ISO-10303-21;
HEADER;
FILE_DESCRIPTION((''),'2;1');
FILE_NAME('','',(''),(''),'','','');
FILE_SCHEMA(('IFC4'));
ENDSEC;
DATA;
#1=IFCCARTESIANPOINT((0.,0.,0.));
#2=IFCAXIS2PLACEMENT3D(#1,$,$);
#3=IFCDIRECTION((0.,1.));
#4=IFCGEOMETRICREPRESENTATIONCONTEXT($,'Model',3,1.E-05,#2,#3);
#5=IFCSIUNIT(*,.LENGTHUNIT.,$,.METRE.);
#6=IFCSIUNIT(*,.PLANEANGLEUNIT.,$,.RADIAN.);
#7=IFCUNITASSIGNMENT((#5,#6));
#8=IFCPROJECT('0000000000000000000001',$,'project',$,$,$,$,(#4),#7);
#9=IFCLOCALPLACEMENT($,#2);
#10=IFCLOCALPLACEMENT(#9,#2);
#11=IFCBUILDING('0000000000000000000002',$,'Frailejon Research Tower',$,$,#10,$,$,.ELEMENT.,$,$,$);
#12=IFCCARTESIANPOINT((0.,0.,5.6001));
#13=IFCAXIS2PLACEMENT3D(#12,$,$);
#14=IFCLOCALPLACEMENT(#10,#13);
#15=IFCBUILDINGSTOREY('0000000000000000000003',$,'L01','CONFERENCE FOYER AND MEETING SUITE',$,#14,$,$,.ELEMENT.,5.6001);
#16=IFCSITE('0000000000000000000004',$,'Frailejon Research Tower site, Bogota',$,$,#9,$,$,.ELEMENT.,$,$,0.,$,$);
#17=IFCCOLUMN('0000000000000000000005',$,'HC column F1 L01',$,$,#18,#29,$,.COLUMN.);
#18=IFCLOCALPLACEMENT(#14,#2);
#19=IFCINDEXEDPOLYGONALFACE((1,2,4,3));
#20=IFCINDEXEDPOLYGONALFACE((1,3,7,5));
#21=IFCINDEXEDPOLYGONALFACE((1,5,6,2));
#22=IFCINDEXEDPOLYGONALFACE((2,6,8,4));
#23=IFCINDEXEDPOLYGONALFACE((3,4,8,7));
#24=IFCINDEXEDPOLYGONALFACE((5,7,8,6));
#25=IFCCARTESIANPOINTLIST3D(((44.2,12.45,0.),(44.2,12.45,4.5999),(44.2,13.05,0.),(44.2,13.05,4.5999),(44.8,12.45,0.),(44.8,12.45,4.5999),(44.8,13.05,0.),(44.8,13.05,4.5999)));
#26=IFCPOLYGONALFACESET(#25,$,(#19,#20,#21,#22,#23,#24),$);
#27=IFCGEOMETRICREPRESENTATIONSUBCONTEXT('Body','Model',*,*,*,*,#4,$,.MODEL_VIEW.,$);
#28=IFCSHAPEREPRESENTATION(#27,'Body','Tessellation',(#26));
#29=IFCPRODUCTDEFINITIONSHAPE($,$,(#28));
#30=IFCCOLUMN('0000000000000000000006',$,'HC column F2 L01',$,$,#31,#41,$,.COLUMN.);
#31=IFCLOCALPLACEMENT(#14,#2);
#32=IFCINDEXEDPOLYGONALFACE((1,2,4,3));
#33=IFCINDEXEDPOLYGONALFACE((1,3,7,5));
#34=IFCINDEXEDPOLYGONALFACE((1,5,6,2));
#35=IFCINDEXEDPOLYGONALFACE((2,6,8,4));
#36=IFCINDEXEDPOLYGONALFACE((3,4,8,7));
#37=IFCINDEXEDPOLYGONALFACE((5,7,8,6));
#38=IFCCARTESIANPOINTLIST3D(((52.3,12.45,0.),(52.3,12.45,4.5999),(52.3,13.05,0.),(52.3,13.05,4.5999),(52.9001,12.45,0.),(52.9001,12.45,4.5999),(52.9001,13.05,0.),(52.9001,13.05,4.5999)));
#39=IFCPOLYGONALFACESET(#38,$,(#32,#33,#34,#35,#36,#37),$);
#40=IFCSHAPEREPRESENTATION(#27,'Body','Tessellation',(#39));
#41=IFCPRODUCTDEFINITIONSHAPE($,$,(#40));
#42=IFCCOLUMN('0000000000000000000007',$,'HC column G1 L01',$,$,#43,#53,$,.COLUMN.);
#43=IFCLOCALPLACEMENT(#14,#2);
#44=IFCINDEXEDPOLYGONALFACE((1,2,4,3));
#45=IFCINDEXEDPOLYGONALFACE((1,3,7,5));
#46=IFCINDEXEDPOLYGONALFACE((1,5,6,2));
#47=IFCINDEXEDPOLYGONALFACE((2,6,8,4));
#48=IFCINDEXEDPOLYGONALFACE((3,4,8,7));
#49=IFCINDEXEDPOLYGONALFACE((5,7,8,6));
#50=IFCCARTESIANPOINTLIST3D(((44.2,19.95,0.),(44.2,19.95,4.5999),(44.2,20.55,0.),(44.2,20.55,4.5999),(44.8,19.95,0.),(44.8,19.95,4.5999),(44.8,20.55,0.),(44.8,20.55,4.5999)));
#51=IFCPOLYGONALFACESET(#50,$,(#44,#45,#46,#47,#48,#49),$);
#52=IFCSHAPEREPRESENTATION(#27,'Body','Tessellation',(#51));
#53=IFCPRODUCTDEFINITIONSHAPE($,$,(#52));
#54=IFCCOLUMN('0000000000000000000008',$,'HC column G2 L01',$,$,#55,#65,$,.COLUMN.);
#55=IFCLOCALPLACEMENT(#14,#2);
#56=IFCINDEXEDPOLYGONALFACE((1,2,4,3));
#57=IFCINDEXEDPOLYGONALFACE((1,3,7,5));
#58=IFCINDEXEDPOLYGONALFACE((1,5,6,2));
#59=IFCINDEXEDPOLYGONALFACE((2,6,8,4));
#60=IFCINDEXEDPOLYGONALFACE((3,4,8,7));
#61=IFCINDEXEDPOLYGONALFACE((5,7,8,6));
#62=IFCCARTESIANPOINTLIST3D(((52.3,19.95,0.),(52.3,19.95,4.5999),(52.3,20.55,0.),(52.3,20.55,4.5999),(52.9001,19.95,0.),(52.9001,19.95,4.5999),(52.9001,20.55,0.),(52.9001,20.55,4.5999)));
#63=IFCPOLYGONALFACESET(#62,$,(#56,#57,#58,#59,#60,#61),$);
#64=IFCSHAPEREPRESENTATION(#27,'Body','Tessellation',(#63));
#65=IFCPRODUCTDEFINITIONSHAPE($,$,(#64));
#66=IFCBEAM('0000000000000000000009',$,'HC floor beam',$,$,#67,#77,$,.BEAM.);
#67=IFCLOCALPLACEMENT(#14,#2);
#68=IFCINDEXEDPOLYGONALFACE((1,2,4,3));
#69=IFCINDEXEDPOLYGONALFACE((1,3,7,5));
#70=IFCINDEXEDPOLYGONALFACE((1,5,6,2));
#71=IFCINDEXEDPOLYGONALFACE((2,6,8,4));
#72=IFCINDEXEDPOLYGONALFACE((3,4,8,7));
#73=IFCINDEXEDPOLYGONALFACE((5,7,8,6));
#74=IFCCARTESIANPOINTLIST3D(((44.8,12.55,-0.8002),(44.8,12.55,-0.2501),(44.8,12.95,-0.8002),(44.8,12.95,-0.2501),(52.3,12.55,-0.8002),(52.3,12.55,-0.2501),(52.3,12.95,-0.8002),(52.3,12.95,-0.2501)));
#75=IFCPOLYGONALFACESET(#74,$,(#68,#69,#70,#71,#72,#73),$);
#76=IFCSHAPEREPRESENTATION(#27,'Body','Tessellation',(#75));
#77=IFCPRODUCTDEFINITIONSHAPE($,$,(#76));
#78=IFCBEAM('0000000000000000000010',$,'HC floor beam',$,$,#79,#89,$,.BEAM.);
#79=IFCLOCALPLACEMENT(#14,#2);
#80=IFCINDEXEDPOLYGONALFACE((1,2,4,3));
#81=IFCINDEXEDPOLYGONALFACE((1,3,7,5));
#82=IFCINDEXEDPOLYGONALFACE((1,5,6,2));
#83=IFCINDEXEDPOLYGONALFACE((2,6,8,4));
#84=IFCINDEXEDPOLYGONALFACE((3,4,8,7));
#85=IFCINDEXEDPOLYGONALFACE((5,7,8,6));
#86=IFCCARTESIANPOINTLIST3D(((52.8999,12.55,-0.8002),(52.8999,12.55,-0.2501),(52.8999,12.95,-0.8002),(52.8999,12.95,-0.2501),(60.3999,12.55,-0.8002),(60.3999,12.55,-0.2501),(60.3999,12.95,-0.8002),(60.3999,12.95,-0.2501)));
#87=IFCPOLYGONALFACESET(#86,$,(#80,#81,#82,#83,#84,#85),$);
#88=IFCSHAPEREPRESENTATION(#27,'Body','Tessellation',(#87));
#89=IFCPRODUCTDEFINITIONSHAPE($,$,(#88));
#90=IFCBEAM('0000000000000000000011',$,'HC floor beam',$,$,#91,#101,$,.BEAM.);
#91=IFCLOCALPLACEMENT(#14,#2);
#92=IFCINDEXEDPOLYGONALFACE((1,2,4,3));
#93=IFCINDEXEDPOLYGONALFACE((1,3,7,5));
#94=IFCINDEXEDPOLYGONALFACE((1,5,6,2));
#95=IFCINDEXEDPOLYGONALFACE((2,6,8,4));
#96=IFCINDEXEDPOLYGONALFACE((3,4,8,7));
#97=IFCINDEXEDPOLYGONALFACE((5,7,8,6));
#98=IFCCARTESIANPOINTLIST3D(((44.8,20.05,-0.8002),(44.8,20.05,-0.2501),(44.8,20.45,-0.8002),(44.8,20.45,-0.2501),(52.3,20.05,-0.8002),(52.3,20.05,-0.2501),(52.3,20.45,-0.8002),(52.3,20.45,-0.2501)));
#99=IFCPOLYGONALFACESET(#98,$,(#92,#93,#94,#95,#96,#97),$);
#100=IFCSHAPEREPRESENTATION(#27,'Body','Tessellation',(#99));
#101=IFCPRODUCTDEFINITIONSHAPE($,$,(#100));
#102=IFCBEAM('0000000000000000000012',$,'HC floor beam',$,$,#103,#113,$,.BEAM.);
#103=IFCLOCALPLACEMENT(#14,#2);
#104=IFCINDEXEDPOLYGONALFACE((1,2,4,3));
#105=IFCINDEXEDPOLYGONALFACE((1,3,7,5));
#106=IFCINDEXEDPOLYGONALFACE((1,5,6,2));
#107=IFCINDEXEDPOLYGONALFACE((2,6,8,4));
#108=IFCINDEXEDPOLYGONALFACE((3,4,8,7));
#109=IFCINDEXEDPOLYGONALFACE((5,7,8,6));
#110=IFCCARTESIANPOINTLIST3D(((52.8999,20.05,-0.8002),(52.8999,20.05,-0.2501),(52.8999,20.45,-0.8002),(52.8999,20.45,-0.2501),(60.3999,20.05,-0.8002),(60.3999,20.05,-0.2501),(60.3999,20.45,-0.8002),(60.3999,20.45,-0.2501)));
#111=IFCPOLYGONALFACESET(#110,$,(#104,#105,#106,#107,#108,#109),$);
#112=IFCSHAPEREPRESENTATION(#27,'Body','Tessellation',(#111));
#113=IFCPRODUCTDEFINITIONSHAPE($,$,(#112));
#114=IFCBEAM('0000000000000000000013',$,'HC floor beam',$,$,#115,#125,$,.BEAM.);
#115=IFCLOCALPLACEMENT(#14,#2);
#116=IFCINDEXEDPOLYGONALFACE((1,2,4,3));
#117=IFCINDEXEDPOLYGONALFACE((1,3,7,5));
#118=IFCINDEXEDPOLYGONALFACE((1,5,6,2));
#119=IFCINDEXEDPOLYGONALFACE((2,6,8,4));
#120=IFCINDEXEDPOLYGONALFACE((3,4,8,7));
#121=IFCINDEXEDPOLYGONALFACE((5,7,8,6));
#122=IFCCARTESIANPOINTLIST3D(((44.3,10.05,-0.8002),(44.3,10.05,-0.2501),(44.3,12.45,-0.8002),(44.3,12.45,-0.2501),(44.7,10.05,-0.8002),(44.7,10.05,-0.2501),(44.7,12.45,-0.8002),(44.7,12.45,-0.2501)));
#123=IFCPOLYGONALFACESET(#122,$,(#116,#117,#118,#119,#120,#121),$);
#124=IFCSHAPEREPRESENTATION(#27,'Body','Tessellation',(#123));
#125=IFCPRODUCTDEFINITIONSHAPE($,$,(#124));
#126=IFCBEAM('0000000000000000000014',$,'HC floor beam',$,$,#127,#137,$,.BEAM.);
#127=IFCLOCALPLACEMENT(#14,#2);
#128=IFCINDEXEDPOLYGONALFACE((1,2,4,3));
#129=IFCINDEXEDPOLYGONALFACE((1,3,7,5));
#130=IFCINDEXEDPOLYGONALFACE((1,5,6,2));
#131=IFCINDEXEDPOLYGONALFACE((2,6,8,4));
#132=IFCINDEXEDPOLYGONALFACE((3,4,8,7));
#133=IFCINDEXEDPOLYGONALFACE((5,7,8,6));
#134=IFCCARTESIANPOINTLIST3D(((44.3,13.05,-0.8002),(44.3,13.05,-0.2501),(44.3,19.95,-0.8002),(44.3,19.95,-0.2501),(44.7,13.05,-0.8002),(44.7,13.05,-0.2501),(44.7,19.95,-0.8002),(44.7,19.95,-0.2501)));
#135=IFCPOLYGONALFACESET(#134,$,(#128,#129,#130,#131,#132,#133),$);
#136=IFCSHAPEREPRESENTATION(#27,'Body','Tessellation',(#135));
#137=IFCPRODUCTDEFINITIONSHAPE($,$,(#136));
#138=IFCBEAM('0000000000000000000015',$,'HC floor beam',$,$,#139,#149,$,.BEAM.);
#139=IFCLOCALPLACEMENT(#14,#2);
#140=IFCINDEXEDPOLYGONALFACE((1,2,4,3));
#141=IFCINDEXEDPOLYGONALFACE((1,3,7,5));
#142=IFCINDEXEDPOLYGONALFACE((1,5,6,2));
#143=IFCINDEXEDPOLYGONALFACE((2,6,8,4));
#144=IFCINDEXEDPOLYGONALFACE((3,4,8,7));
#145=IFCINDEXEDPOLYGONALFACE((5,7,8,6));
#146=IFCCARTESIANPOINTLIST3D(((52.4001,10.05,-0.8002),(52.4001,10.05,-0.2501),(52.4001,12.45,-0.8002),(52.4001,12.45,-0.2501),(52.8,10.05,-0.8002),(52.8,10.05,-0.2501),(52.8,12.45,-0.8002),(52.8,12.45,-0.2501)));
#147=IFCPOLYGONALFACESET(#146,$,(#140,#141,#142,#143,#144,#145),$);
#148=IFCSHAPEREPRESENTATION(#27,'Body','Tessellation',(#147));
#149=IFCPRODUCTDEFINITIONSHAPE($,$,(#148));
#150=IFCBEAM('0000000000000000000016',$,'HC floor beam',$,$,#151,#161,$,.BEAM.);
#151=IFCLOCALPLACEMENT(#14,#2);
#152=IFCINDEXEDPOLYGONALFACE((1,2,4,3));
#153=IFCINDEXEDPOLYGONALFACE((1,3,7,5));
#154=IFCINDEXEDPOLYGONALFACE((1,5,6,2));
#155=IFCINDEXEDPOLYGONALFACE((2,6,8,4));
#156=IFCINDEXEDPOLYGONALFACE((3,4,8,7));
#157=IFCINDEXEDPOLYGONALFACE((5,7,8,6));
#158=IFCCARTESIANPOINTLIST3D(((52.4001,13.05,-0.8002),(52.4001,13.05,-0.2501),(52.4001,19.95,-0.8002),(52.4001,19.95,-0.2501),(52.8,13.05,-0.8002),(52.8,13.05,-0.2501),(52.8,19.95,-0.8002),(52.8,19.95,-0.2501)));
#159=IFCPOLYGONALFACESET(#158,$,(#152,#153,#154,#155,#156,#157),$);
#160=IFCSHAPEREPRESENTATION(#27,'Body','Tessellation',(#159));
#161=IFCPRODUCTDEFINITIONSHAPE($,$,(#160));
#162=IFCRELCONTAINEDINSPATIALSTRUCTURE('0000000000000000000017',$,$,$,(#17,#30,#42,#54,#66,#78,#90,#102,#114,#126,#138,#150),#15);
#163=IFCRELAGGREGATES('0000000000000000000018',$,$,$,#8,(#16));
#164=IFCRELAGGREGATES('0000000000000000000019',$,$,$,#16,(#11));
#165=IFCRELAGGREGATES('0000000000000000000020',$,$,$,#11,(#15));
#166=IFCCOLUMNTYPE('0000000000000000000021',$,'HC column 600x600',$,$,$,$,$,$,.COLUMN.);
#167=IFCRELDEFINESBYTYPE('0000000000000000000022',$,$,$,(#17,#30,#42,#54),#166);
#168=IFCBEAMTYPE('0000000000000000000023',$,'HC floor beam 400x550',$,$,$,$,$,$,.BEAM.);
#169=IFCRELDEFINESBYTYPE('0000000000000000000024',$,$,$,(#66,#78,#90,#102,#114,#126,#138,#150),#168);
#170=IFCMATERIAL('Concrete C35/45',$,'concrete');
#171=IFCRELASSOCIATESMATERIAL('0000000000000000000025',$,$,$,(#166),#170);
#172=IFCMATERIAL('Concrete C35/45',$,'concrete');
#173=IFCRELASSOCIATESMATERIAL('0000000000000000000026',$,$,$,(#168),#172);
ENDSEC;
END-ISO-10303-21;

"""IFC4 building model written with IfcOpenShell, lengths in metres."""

from ifc_helpers import new_model, si_unit, direction, frame, origin, origin_2d, place, context, subcontext, project, spatial, rectangle, extrude, material, material_profile, profile_set, type_object, element, save


model = new_model("IFC4")

# Units and contexts
model_context = context("Model", 3, precision=1e-05, world=origin(), true_north=direction((0.0, 1.0)))
body_context = subcontext(model_context, "Body", "Model", "MODEL_VIEW")
ifc_project = project(units=[si_unit("LENGTHUNIT", "METRE"), si_unit("PLANEANGLEUNIT", "RADIAN")], contexts=[model_context])

# Site, building, storey
site_placement = place(None, origin())
site = spatial("IfcSite", under=ifc_project, at=site_placement, Name="Frailejon Research Tower site, Bogota", CompositionType="ELEMENT", RefElevation=0.0)
building_placement = place(site_placement, origin())
building = spatial("IfcBuilding", under=site, at=building_placement, Name="Frailejon Research Tower", CompositionType="ELEMENT")
storey_placement = place(building_placement, frame((0.0, 0.0, 5.6001)))
storey = spatial("IfcBuildingStorey", under=building, at=storey_placement, Name="L01", Description="CONFERENCE FOYER AND MEETING SUITE", CompositionType="ELEMENT", Elevation=5.6001)

# Columns
ifc_material_1 = material(Name="Concrete C35/45", Category="concrete")
ifc_material_profile_1 = material_profile(ifc_material_1, rectangle(XDim=0.6001, YDim=0.6001, at=origin_2d()), Name="HC column 600x600")
ifc_profile_set_1 = profile_set([ifc_material_profile_1], Name="Concrete C35/45")
column_type = type_object("IfcColumnType", Name="HC column 600x600", PredefinedType="COLUMN", material=ifc_profile_set_1)
for number, where, z_axis, x_axis, name in (
    (1, (44.5, 12.75, 0.0), (0.0, 0.0, 1.0), (1.0, 0.0, 0.0), "HC column F1 L01"),
    (2, (52.6001, 12.75, 0.0), (0.0, 0.0, 1.0), (1.0, 0.0, 0.0), "HC column F2 L01"),
    (3, (44.5, 20.25, 0.0), (0.0, 0.0, 1.0), (1.0, 0.0, 0.0), "HC column G1 L01"),
    (4, (52.6001, 20.25, 0.0), (0.0, 0.0, 1.0), (1.0, 0.0, 0.0), "HC column G2 L01"),
):
    element("IfcColumn", number, at=place(storey_placement, frame(where, z_axis=z_axis, x_axis=x_axis)), inside=storey, type_object=column_type, Name=name, PredefinedType="COLUMN", context=body_context, shape_type="SweptSolid", body=[
        extrude(rectangle(XDim=0.6001, YDim=0.6001, at=origin_2d()), origin(), (0.0, 0.0, 1.0), 4.5999),
    ])

# Beams
ifc_material_2 = material(Name="Concrete C35/45", Category="concrete")
ifc_material_profile_2 = material_profile(ifc_material_2, rectangle(XDim=0.3999, YDim=0.55, at=origin_2d()), Name="HC floor beam 400x550")
ifc_profile_set_2 = profile_set([ifc_material_profile_2], Name="Concrete C35/45")
beam_type = type_object("IfcBeamType", Name="HC floor beam 400x550", PredefinedType="BEAM", material=ifc_profile_set_2)
for number, where, z_axis, x_axis, name in (
    (5, (44.8, 12.75, -0.5251), (1.0, 0.0, 0.0), (0.0, 1.0, 0.0), "HC floor beam"),
    (6, (52.8999, 12.75, -0.5251), (1.0, 0.0, 0.0), (0.0, 1.0, 0.0), "HC floor beam"),
    (7, (44.8, 20.25, -0.5251), (1.0, 0.0, 0.0), (0.0, 1.0, 0.0), "HC floor beam"),
    (8, (52.8999, 20.25, -0.5251), (1.0, 0.0, 0.0), (0.0, 1.0, 0.0), "HC floor beam"),
):
    element("IfcBeam", number, at=place(storey_placement, frame(where, z_axis=z_axis, x_axis=x_axis)), inside=storey, type_object=beam_type, Name=name, PredefinedType="BEAM", context=body_context, shape_type="SweptSolid", body=[
        extrude(rectangle(XDim=0.3999, YDim=0.55, at=origin_2d()), origin(), (0.0, 0.0, 1.0), 7.5),
    ])
beam_1_placement = place(storey_placement, frame((44.5, 10.05, -0.5251), z_axis=(0.0, 1.0, 0.0), x_axis=(-1.0, 0.0, 0.0)))
element("IfcBeam", 9, at=beam_1_placement, inside=storey, type_object=beam_type, Name="HC floor beam", PredefinedType="BEAM", context=body_context, shape_type="SweptSolid", body=[
    extrude(rectangle(XDim=0.3999, YDim=0.55, at=origin_2d()), origin(), (0.0, 0.0, 1.0), 2.3999),
])
beam_2_placement = place(storey_placement, frame((44.5, 13.05, -0.5251), z_axis=(0.0, 1.0, 0.0), x_axis=(-1.0, 0.0, 0.0)))
element("IfcBeam", 10, at=beam_2_placement, inside=storey, type_object=beam_type, Name="HC floor beam", PredefinedType="BEAM", context=body_context, shape_type="SweptSolid", body=[
    extrude(rectangle(XDim=0.3999, YDim=0.55, at=origin_2d()), origin(), (0.0, 0.0, 1.0), 6.8999),
])
beam_3_placement = place(storey_placement, frame((52.6001, 10.05, -0.5251), z_axis=(0.0, 1.0, 0.0), x_axis=(-1.0, 0.0, 0.0)))
element("IfcBeam", 11, at=beam_3_placement, inside=storey, type_object=beam_type, Name="HC floor beam", PredefinedType="BEAM", context=body_context, shape_type="SweptSolid", body=[
    extrude(rectangle(XDim=0.3999, YDim=0.55, at=origin_2d()), origin(), (0.0, 0.0, 1.0), 2.3999),
])
beam_4_placement = place(storey_placement, frame((52.6001, 13.05, -0.5251), z_axis=(0.0, 1.0, 0.0), x_axis=(-1.0, 0.0, 0.0)))
element("IfcBeam", 12, at=beam_4_placement, inside=storey, type_object=beam_type, Name="HC floor beam", PredefinedType="BEAM", context=body_context, shape_type="SweptSolid", body=[
    extrude(rectangle(XDim=0.3999, YDim=0.55, at=origin_2d()), origin(), (0.0, 0.0, 1.0), 6.8999),
])

save(model, "model.ifc")
